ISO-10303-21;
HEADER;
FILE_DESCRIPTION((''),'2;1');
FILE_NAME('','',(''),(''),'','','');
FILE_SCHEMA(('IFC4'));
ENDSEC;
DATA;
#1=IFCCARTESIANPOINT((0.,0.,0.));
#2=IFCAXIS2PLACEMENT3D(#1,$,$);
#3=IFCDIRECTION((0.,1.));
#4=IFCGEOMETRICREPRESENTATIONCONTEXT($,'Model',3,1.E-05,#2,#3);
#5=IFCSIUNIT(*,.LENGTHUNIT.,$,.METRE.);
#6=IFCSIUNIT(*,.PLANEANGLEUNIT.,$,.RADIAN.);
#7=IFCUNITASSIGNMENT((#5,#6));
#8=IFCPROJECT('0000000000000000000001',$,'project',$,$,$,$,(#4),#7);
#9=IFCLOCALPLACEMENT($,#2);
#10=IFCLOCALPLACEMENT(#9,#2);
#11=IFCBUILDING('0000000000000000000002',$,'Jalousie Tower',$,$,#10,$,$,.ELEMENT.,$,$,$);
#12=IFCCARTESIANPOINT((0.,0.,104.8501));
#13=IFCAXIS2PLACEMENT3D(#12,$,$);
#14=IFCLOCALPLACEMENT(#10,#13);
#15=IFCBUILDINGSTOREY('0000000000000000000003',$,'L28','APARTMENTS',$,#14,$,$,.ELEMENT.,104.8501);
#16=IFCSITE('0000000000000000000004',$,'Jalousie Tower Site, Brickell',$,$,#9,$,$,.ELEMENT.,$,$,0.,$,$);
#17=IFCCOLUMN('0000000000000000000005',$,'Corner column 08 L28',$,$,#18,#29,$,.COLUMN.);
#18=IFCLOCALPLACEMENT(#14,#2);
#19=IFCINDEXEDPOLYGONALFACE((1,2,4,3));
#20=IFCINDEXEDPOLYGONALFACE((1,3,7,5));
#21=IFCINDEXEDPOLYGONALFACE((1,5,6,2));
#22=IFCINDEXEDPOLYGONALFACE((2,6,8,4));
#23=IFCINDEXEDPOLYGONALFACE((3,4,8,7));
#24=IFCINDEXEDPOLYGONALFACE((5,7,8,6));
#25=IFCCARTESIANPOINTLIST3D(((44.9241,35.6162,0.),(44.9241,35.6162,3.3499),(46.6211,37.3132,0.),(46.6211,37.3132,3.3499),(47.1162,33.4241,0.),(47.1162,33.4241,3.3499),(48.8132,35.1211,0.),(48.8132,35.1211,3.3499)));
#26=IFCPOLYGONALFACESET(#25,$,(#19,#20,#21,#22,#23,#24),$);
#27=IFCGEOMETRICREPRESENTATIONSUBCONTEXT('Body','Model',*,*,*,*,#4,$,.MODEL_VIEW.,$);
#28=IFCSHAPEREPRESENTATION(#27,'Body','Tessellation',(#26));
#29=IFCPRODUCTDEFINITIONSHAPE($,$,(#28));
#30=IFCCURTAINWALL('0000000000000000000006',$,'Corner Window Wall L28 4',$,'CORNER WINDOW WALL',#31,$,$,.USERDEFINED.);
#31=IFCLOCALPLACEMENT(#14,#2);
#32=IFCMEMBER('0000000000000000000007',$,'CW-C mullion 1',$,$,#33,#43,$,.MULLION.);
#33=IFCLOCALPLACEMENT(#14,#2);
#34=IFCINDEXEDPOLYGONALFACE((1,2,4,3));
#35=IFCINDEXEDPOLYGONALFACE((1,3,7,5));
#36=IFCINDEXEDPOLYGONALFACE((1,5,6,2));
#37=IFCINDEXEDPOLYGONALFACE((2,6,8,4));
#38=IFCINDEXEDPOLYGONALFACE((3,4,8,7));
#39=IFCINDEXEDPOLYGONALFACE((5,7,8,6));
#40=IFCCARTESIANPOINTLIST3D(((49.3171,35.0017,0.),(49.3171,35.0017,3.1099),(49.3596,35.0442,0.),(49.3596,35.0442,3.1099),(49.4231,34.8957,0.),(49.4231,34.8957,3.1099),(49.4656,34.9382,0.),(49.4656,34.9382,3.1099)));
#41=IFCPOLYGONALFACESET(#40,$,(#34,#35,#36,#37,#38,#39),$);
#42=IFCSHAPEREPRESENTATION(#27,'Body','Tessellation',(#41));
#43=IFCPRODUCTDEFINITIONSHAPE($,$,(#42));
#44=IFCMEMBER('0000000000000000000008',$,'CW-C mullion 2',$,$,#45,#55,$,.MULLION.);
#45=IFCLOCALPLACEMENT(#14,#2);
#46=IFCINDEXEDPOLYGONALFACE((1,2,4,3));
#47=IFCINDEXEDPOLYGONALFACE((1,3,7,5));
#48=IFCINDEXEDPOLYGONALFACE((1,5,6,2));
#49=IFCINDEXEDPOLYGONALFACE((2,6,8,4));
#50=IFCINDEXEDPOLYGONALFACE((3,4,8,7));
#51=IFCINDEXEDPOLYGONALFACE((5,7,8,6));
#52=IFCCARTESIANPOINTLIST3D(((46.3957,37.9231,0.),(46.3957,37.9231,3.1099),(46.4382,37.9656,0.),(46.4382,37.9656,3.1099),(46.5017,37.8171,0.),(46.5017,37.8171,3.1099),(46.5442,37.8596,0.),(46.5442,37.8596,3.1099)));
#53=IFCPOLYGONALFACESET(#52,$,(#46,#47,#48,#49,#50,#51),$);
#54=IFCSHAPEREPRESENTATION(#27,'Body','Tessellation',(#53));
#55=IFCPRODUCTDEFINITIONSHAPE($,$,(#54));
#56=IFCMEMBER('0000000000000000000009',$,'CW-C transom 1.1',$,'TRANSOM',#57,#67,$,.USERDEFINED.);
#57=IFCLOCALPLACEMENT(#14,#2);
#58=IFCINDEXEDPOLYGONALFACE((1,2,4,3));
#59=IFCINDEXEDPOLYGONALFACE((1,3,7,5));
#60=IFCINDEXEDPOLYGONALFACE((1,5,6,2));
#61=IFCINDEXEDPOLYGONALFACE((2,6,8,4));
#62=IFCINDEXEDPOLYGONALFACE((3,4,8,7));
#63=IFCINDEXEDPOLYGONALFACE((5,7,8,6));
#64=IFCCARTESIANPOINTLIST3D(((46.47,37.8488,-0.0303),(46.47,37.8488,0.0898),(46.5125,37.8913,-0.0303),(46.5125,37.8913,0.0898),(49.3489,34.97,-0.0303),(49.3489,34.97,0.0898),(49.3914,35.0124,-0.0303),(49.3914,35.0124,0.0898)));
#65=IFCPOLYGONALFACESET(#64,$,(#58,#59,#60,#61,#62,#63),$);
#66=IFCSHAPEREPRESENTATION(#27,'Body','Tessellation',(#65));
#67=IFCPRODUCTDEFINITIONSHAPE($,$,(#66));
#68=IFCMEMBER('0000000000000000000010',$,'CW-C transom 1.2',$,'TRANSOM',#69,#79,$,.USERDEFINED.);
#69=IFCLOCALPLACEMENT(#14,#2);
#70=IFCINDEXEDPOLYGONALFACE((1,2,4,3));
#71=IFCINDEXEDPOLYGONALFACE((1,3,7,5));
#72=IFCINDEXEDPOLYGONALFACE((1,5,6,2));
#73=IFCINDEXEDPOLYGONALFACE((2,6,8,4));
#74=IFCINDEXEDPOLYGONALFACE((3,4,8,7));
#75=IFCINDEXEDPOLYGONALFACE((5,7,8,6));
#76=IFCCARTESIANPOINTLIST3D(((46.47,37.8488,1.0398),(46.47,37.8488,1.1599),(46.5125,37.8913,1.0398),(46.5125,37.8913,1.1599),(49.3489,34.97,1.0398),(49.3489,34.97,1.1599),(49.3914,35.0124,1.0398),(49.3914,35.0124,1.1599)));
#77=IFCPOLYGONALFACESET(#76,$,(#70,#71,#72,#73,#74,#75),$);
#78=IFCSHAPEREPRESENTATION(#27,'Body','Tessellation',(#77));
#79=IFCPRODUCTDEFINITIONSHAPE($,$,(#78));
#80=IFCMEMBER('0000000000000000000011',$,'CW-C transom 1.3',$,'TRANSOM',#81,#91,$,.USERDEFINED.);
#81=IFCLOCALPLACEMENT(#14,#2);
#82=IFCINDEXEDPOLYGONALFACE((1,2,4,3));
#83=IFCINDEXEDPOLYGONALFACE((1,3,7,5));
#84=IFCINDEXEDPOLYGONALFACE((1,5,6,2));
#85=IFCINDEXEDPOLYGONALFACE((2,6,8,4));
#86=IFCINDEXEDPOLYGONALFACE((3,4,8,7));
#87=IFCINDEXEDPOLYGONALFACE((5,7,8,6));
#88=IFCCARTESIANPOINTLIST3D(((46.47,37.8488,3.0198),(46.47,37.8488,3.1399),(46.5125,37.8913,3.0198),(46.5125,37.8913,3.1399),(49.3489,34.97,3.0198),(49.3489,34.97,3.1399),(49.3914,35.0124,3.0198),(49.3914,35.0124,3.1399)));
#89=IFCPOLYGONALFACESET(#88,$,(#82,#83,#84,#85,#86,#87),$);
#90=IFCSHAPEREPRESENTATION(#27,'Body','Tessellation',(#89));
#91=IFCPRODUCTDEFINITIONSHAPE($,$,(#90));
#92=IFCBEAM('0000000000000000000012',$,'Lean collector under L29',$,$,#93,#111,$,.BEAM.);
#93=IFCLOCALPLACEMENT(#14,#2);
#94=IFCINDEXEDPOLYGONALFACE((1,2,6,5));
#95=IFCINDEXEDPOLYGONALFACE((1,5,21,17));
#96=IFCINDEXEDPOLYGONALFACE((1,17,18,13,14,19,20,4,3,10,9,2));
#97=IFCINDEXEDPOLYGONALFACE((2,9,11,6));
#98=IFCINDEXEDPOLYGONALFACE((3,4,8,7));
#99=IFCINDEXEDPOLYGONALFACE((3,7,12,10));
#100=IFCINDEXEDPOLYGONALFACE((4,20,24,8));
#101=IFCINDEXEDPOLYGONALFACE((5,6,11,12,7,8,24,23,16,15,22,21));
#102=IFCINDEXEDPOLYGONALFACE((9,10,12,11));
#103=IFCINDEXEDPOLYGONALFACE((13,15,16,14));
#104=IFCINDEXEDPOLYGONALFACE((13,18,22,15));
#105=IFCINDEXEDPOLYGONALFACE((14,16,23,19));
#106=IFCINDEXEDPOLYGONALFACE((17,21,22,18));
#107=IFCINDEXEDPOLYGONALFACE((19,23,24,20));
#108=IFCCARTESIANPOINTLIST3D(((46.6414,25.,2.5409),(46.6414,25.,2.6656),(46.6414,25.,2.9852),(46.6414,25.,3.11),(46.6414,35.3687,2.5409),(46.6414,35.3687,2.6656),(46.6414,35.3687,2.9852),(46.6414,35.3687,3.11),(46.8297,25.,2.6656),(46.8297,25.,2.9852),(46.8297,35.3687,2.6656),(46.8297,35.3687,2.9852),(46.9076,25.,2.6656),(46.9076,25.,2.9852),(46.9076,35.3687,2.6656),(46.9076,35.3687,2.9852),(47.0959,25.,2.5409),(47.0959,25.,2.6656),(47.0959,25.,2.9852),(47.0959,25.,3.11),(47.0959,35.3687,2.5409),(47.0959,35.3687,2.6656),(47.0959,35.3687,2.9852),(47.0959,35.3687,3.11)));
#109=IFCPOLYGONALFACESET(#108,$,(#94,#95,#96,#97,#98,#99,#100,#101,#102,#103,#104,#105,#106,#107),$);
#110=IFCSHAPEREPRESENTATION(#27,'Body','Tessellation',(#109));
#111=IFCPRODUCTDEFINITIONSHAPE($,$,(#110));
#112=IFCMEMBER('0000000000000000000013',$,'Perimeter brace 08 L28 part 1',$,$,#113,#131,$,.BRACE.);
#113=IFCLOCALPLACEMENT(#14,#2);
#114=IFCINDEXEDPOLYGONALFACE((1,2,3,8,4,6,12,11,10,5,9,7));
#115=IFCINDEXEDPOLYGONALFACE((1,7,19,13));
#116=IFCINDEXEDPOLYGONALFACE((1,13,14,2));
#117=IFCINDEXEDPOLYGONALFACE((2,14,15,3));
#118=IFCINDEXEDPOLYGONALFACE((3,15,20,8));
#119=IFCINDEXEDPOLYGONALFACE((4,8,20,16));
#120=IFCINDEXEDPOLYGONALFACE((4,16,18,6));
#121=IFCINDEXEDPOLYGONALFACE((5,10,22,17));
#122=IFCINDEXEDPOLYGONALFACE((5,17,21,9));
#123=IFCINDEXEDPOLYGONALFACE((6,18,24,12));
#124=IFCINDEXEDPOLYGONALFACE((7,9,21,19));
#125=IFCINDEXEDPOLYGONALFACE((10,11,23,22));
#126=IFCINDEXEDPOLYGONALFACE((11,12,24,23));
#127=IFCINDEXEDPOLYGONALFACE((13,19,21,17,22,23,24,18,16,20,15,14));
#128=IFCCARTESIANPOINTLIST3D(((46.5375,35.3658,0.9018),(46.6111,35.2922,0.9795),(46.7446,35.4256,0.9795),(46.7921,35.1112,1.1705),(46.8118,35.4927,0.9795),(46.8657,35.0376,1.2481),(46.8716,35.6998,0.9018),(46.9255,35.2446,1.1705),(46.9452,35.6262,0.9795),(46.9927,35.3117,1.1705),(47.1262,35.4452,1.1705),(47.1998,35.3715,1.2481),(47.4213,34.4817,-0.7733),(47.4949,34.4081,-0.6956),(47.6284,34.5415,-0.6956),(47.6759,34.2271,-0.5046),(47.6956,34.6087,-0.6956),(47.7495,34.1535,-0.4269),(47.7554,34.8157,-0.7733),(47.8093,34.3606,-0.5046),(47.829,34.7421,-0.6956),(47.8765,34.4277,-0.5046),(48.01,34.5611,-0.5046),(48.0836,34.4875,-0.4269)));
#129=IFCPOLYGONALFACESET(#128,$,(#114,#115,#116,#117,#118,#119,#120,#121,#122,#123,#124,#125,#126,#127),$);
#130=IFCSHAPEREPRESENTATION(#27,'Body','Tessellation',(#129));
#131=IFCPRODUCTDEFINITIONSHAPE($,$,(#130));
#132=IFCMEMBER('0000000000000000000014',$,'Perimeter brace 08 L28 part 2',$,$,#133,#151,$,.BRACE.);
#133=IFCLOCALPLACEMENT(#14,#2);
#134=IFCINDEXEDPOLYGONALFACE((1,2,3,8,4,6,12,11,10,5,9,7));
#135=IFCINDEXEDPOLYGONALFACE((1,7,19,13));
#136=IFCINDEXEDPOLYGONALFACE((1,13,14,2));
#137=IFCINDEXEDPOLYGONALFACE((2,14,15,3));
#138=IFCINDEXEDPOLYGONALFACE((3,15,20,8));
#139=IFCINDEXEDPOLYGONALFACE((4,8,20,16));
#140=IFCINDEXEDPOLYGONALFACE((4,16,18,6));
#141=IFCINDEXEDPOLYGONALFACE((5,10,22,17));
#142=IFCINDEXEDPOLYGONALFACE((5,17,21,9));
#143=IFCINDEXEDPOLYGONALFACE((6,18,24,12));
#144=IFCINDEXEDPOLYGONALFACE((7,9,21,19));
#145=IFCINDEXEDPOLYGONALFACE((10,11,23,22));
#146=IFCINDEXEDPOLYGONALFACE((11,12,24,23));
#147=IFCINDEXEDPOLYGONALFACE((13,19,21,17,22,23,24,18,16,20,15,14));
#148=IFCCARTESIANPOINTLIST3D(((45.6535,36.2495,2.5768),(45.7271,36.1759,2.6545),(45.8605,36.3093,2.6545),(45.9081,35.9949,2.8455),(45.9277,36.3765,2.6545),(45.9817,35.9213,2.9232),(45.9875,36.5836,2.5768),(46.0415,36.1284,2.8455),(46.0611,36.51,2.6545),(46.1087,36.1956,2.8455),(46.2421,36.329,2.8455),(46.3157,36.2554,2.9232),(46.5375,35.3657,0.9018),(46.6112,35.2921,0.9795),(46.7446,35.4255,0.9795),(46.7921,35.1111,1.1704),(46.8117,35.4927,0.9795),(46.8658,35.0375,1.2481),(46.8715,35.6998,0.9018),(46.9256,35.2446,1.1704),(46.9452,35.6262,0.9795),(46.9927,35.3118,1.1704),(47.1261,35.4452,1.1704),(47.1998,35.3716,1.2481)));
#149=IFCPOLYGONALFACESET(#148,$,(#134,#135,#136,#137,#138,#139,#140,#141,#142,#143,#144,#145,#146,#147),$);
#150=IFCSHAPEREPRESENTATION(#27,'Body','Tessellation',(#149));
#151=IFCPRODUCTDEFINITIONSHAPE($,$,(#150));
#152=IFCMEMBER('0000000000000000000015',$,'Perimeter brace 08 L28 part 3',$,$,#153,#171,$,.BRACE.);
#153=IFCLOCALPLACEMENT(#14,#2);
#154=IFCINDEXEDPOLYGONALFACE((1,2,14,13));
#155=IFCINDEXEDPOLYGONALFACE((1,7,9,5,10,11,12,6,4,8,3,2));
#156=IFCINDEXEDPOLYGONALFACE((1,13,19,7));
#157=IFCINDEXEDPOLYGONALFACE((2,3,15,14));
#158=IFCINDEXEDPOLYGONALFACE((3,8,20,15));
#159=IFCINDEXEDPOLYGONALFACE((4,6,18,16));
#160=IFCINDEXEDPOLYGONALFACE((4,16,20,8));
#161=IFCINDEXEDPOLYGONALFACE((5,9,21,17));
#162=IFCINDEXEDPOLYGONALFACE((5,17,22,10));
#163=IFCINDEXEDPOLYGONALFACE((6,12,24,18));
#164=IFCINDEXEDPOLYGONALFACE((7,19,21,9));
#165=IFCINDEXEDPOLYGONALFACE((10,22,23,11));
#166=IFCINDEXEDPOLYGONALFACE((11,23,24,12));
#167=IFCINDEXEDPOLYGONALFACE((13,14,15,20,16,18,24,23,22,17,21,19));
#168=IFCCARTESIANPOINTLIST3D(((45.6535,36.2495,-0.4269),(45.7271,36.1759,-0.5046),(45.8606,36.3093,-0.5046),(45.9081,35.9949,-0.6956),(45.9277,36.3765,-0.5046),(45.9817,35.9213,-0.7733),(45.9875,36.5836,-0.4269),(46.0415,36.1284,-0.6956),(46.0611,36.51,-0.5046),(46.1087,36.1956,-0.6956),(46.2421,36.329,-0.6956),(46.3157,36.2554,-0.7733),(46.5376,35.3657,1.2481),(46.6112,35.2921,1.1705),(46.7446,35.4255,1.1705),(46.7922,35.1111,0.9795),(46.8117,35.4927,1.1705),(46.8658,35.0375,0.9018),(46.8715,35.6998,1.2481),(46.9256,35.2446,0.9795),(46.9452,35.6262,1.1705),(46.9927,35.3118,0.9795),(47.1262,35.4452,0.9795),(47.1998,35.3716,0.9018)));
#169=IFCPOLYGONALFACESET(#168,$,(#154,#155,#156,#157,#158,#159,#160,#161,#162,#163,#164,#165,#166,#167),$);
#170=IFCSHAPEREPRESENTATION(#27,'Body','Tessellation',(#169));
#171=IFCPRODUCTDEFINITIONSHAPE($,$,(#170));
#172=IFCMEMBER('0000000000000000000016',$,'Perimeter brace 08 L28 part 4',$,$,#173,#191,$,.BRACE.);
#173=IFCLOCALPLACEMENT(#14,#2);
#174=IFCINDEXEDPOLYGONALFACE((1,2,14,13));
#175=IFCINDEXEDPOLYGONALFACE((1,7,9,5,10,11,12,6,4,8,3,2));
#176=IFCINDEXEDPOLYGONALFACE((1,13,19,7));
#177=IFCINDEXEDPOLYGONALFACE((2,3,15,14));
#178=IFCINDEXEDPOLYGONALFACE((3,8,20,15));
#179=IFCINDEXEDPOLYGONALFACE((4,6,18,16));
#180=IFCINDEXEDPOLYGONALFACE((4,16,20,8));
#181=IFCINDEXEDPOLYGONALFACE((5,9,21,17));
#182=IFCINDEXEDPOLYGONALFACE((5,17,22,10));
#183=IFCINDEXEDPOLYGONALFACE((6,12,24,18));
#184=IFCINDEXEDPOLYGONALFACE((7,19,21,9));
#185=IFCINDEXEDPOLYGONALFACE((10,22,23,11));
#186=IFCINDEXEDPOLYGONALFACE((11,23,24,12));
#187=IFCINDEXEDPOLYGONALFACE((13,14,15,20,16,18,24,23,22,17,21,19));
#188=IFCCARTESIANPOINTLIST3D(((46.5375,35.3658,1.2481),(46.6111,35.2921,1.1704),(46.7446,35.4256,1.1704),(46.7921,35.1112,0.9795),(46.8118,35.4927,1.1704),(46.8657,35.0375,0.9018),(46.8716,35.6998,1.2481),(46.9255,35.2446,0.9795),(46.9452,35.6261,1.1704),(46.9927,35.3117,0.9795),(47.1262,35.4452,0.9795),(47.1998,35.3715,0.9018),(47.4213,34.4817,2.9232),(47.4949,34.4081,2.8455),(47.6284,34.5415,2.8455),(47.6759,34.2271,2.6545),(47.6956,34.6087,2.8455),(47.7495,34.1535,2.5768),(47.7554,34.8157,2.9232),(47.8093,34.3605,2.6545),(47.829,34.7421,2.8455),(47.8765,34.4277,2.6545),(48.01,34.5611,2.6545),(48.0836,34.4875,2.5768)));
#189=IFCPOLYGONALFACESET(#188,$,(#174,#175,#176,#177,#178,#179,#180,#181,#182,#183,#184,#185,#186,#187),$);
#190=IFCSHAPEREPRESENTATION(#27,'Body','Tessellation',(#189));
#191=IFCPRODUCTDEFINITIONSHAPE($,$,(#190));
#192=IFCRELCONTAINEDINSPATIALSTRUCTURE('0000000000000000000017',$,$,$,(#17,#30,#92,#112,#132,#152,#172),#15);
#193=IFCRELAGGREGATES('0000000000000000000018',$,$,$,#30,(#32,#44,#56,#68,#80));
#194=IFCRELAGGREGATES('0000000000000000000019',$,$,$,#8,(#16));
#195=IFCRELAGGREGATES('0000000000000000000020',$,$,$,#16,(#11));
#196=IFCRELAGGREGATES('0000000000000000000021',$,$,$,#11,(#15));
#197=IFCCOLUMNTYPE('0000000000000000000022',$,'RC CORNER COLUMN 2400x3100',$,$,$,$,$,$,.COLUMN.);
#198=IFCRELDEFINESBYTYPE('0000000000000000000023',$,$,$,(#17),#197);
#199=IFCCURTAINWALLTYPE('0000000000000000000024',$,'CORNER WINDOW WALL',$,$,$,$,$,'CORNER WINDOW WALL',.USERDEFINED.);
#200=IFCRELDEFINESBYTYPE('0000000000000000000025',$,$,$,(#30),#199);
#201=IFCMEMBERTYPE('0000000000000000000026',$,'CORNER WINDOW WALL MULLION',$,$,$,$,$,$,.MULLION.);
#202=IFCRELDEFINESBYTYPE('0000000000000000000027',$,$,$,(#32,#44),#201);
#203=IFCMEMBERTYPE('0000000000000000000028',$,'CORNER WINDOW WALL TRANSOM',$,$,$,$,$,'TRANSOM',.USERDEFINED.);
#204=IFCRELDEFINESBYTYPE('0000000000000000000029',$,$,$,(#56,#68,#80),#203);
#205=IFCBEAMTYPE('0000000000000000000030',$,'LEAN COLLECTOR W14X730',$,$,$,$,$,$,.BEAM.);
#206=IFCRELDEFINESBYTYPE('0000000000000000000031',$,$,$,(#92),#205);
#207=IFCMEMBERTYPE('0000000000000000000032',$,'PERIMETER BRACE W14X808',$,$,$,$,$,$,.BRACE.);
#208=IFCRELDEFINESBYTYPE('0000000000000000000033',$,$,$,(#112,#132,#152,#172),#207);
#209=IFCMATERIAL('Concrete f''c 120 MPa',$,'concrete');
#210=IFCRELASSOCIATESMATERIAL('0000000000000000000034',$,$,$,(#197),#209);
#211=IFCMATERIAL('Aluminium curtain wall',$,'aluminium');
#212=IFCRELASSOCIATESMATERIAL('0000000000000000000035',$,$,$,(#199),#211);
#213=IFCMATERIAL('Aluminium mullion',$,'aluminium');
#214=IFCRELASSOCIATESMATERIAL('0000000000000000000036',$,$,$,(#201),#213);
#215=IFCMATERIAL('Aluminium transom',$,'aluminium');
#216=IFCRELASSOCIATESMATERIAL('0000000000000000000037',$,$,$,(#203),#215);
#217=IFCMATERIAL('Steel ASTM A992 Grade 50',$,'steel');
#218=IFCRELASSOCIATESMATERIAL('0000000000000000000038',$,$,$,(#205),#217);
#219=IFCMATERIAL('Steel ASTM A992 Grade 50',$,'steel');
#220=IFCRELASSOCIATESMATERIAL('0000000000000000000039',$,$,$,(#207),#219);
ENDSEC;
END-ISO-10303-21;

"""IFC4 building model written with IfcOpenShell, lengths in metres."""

from ifc_helpers import new_model, si_unit, direction, frame, origin, origin_2d, place, context, subcontext, project, spatial, rectangle, i_section, extrude, material, material_profile, profile_set, type_object, element, aggregate, save


model = new_model("IFC4")

# Units and contexts
model_context = context("Model", 3, precision=1e-05, world=origin(), true_north=direction((0.0, 1.0)))
body_context = subcontext(model_context, "Body", "Model", "MODEL_VIEW")
ifc_project = project(units=[si_unit("LENGTHUNIT", "METRE"), si_unit("PLANEANGLEUNIT", "RADIAN")], contexts=[model_context])

# Site, building, storey
site_placement = place(None, origin())
site = spatial("IfcSite", under=ifc_project, at=site_placement, Name="Jalousie Tower Site, Brickell", CompositionType="ELEMENT", RefElevation=0.0)
building_placement = place(site_placement, origin())
building = spatial("IfcBuilding", under=site, at=building_placement, Name="Jalousie Tower", CompositionType="ELEMENT")
storey_placement = place(building_placement, frame((0.0, 0.0, 104.8501)))
storey = spatial("IfcBuildingStorey", under=building, at=storey_placement, Name="L28", Description="APARTMENTS", CompositionType="ELEMENT", Elevation=104.8501)

# Column
ifc_material_1 = material(Name="Concrete f'c 120 MPa", Category="concrete")
ifc_material_profile_1 = material_profile(ifc_material_1, rectangle(XDim=2.3999, YDim=3.1001, at=origin_2d()), Name="RC 2400x3100")
ifc_profile_set_1 = profile_set([ifc_material_profile_1], Name="Concrete f'c 120 MPa")
column_type = type_object("IfcColumnType", Name="RC CORNER COLUMN 2400x3100", PredefinedType="COLUMN", material=ifc_profile_set_1)
column_placement = place(storey_placement, frame((46.8687, 35.3687, 0.0), z_axis=(0.0, 0.0, 1.0), x_axis=(-0.707107, -0.707107, 0.0)))
element("IfcColumn", 1, at=column_placement, inside=storey, type_object=column_type, Name="Corner column 08 L28", PredefinedType="COLUMN", context=body_context, shape_type="SweptSolid", body=[
    extrude(rectangle(XDim=2.3999, YDim=3.1001, at=origin_2d()), origin(), (0.0, 0.0, 1.0), 3.3499),
])

# Curtain wall, members
ifc_material_2 = material(Name="Aluminium curtain wall", Category="aluminium")
curtain_wall_type_1 = type_object("IfcCurtainWallType", Name="CORNER WINDOW WALL", ElementType="CORNER WINDOW WALL", PredefinedType="USERDEFINED", material=ifc_material_2)
curtain_wall_1_placement = place(storey_placement, origin())
curtain_wall_1 = element("IfcCurtainWall", 2, at=curtain_wall_1_placement, inside=storey, type_object=curtain_wall_type_1, Name="Corner Window Wall L28 4", ObjectType="CORNER WINDOW WALL", PredefinedType="USERDEFINED")
ifc_material_3 = material(Name="Aluminium mullion", Category="aluminium")
ifc_material_profile_2 = material_profile(ifc_material_3, rectangle(XDim=0.0601, YDim=0.1499, at=origin_2d()), Name="MULLION 60x150")
ifc_profile_set_2 = profile_set([ifc_material_profile_2], Name="Aluminium mullion")
member_type_1 = type_object("IfcMemberType", Name="CORNER WINDOW WALL MULLION", PredefinedType="MULLION", material=ifc_profile_set_2)
member_1_placement = place(storey_placement, frame((49.3914, 34.97, 0.0), z_axis=(0.0, 0.0, 1.0), x_axis=(-0.707107, -0.707107, 0.0)))
member_1 = element("IfcMember", 3, at=member_1_placement, type_object=member_type_1, Name="CW-C mullion 1", PredefinedType="MULLION", context=body_context, shape_type="SweptSolid", body=[
    extrude(rectangle(XDim=0.0601, YDim=0.1499, at=origin_2d()), origin(), (0.0, 0.0, 1.0), 3.1099),
])
member_2_placement = place(storey_placement, frame((46.47, 37.8914, 0.0), z_axis=(0.0, 0.0, 1.0), x_axis=(-0.707107, -0.707107, 0.0)))
member_2 = element("IfcMember", 4, at=member_2_placement, type_object=member_type_1, Name="CW-C mullion 2", PredefinedType="MULLION", context=body_context, shape_type="SweptSolid", body=[
    extrude(rectangle(XDim=0.0601, YDim=0.1499, at=origin_2d()), origin(), (0.0, 0.0, 1.0), 3.1099),
])
ifc_material_4 = material(Name="Aluminium transom", Category="aluminium")
ifc_material_profile_3 = material_profile(ifc_material_4, rectangle(XDim=0.0601, YDim=0.1201, at=origin_2d()), Name="TRANSOM 60x120")
ifc_profile_set_3 = profile_set([ifc_material_profile_3], Name="Aluminium transom")
member_type_2 = type_object("IfcMemberType", Name="CORNER WINDOW WALL TRANSOM", ElementType="TRANSOM", PredefinedType="USERDEFINED", material=ifc_profile_set_3)
member_3_placement = place(storey_placement, frame((49.3701, 34.9912, 0.0298), z_axis=(-0.707107, 0.707107, 0.0), x_axis=(-0.707107, -0.707107, 0.0)))
member_3 = element("IfcMember", 5, at=member_3_placement, type_object=member_type_2, Name="CW-C transom 1.1", ObjectType="TRANSOM", PredefinedType="USERDEFINED", context=body_context, shape_type="SweptSolid", body=[
    extrude(rectangle(XDim=0.0601, YDim=0.1201, at=origin_2d()), origin(), (0.0, 0.0, 1.0), 4.0713),
])
member_4_placement = place(storey_placement, frame((49.3701, 34.9912, 1.0999), z_axis=(-0.707107, 0.707107, 0.0), x_axis=(-0.707107, -0.707107, 0.0)))
member_4 = element("IfcMember", 6, at=member_4_placement, type_object=member_type_2, Name="CW-C transom 1.2", ObjectType="TRANSOM", PredefinedType="USERDEFINED", context=body_context, shape_type="SweptSolid", body=[
    extrude(rectangle(XDim=0.0601, YDim=0.1201, at=origin_2d()), origin(), (0.0, 0.0, 1.0), 4.0713),
])
member_5_placement = place(storey_placement, frame((49.3701, 34.9912, 3.0798), z_axis=(-0.707107, 0.707107, 0.0), x_axis=(-0.707107, -0.707107, 0.0)))
member_5 = element("IfcMember", 7, at=member_5_placement, type_object=member_type_2, Name="CW-C transom 1.3", ObjectType="TRANSOM", PredefinedType="USERDEFINED", context=body_context, shape_type="SweptSolid", body=[
    extrude(rectangle(XDim=0.0601, YDim=0.1201, at=origin_2d()), origin(), (0.0, 0.0, 1.0), 4.0713),
])

# Beam
ifc_material_5 = material(Name="Steel ASTM A992 Grade 50", Category="steel")
ifc_material_profile_4 = material_profile(ifc_material_5, i_section(OverallWidth=0.4546, OverallDepth=0.5691, WebThickness=0.0779, FlangeThickness=0.1248, at=origin_2d()), Name="W14X730")
ifc_profile_set_4 = profile_set([ifc_material_profile_4], Name="Steel ASTM A992 Grade 50")
beam_type_1 = type_object("IfcBeamType", Name="LEAN COLLECTOR W14X730", PredefinedType="BEAM", material=ifc_profile_set_4)
beam_1_placement = place(storey_placement, frame((46.8687, 35.3687, 2.8254), z_axis=(0.0, -1.0, 0.0), x_axis=(1.0, 0.0, 0.0)))
element("IfcBeam", 8, at=beam_1_placement, inside=storey, type_object=beam_type_1, Name="Lean collector under L29", PredefinedType="BEAM", context=body_context, shape_type="SweptSolid", body=[
    extrude(i_section(OverallWidth=0.4546, OverallDepth=0.5691, WebThickness=0.0779, FlangeThickness=0.1248, at=origin_2d()), origin(), (0.0, 0.0, 1.0), 10.3687),
])

# Members
ifc_material_6 = material(Name="Steel ASTM A992 Grade 50", Category="steel")
ifc_material_profile_5 = material_profile(ifc_material_6, i_section(OverallWidth=0.4724, OverallDepth=0.5791, WebThickness=0.095, FlangeThickness=0.1299, at=origin_2d()), Name="W14X808")
ifc_profile_set_5 = profile_set([ifc_material_profile_5], Name="Steel ASTM A992 Grade 50")
member_type_3 = type_object("IfcMemberType", Name="PERIMETER BRACE W14X808", PredefinedType="BRACE", material=ifc_profile_set_5)
for number, where, z_axis, x_axis, name in (
    (9, (47.7524, 34.4846, -0.6001), (-0.422852, 0.422969, 0.801432), (-0.707204, -0.707009, 0.0), "Perimeter brace 08 L28 part 1"),
    (10, (46.8687, 35.3687, 1.075), (-0.422969, 0.422852, 0.801432), (-0.707009, -0.707204, 0.0), "Perimeter brace 08 L28 part 2"),
    (11, (45.9846, 36.2524, -0.6001), (0.422969, -0.422852, 0.801432), (0.707009, 0.707204, 0.0), "Perimeter brace 08 L28 part 3"),
    (12, (46.8687, 35.3687, 1.075), (0.422852, -0.422969, 0.801432), (0.707204, 0.707009, 0.0), "Perimeter brace 08 L28 part 4"),
):
    element("IfcMember", number, at=place(storey_placement, frame(where, z_axis=z_axis, x_axis=x_axis)), inside=storey, type_object=member_type_3, Name=name, PredefinedType="BRACE", context=body_context, shape_type="SweptSolid", body=[
        extrude(i_section(OverallWidth=0.4724, OverallDepth=0.5791, WebThickness=0.095, FlangeThickness=0.1299, at=origin_2d()), origin(), (0.0, 0.0, 1.0), 2.0901),
    ])

aggregate(curtain_wall_1, [member_1, member_2, member_3, member_4, member_5])

save(model, "model.ifc")
